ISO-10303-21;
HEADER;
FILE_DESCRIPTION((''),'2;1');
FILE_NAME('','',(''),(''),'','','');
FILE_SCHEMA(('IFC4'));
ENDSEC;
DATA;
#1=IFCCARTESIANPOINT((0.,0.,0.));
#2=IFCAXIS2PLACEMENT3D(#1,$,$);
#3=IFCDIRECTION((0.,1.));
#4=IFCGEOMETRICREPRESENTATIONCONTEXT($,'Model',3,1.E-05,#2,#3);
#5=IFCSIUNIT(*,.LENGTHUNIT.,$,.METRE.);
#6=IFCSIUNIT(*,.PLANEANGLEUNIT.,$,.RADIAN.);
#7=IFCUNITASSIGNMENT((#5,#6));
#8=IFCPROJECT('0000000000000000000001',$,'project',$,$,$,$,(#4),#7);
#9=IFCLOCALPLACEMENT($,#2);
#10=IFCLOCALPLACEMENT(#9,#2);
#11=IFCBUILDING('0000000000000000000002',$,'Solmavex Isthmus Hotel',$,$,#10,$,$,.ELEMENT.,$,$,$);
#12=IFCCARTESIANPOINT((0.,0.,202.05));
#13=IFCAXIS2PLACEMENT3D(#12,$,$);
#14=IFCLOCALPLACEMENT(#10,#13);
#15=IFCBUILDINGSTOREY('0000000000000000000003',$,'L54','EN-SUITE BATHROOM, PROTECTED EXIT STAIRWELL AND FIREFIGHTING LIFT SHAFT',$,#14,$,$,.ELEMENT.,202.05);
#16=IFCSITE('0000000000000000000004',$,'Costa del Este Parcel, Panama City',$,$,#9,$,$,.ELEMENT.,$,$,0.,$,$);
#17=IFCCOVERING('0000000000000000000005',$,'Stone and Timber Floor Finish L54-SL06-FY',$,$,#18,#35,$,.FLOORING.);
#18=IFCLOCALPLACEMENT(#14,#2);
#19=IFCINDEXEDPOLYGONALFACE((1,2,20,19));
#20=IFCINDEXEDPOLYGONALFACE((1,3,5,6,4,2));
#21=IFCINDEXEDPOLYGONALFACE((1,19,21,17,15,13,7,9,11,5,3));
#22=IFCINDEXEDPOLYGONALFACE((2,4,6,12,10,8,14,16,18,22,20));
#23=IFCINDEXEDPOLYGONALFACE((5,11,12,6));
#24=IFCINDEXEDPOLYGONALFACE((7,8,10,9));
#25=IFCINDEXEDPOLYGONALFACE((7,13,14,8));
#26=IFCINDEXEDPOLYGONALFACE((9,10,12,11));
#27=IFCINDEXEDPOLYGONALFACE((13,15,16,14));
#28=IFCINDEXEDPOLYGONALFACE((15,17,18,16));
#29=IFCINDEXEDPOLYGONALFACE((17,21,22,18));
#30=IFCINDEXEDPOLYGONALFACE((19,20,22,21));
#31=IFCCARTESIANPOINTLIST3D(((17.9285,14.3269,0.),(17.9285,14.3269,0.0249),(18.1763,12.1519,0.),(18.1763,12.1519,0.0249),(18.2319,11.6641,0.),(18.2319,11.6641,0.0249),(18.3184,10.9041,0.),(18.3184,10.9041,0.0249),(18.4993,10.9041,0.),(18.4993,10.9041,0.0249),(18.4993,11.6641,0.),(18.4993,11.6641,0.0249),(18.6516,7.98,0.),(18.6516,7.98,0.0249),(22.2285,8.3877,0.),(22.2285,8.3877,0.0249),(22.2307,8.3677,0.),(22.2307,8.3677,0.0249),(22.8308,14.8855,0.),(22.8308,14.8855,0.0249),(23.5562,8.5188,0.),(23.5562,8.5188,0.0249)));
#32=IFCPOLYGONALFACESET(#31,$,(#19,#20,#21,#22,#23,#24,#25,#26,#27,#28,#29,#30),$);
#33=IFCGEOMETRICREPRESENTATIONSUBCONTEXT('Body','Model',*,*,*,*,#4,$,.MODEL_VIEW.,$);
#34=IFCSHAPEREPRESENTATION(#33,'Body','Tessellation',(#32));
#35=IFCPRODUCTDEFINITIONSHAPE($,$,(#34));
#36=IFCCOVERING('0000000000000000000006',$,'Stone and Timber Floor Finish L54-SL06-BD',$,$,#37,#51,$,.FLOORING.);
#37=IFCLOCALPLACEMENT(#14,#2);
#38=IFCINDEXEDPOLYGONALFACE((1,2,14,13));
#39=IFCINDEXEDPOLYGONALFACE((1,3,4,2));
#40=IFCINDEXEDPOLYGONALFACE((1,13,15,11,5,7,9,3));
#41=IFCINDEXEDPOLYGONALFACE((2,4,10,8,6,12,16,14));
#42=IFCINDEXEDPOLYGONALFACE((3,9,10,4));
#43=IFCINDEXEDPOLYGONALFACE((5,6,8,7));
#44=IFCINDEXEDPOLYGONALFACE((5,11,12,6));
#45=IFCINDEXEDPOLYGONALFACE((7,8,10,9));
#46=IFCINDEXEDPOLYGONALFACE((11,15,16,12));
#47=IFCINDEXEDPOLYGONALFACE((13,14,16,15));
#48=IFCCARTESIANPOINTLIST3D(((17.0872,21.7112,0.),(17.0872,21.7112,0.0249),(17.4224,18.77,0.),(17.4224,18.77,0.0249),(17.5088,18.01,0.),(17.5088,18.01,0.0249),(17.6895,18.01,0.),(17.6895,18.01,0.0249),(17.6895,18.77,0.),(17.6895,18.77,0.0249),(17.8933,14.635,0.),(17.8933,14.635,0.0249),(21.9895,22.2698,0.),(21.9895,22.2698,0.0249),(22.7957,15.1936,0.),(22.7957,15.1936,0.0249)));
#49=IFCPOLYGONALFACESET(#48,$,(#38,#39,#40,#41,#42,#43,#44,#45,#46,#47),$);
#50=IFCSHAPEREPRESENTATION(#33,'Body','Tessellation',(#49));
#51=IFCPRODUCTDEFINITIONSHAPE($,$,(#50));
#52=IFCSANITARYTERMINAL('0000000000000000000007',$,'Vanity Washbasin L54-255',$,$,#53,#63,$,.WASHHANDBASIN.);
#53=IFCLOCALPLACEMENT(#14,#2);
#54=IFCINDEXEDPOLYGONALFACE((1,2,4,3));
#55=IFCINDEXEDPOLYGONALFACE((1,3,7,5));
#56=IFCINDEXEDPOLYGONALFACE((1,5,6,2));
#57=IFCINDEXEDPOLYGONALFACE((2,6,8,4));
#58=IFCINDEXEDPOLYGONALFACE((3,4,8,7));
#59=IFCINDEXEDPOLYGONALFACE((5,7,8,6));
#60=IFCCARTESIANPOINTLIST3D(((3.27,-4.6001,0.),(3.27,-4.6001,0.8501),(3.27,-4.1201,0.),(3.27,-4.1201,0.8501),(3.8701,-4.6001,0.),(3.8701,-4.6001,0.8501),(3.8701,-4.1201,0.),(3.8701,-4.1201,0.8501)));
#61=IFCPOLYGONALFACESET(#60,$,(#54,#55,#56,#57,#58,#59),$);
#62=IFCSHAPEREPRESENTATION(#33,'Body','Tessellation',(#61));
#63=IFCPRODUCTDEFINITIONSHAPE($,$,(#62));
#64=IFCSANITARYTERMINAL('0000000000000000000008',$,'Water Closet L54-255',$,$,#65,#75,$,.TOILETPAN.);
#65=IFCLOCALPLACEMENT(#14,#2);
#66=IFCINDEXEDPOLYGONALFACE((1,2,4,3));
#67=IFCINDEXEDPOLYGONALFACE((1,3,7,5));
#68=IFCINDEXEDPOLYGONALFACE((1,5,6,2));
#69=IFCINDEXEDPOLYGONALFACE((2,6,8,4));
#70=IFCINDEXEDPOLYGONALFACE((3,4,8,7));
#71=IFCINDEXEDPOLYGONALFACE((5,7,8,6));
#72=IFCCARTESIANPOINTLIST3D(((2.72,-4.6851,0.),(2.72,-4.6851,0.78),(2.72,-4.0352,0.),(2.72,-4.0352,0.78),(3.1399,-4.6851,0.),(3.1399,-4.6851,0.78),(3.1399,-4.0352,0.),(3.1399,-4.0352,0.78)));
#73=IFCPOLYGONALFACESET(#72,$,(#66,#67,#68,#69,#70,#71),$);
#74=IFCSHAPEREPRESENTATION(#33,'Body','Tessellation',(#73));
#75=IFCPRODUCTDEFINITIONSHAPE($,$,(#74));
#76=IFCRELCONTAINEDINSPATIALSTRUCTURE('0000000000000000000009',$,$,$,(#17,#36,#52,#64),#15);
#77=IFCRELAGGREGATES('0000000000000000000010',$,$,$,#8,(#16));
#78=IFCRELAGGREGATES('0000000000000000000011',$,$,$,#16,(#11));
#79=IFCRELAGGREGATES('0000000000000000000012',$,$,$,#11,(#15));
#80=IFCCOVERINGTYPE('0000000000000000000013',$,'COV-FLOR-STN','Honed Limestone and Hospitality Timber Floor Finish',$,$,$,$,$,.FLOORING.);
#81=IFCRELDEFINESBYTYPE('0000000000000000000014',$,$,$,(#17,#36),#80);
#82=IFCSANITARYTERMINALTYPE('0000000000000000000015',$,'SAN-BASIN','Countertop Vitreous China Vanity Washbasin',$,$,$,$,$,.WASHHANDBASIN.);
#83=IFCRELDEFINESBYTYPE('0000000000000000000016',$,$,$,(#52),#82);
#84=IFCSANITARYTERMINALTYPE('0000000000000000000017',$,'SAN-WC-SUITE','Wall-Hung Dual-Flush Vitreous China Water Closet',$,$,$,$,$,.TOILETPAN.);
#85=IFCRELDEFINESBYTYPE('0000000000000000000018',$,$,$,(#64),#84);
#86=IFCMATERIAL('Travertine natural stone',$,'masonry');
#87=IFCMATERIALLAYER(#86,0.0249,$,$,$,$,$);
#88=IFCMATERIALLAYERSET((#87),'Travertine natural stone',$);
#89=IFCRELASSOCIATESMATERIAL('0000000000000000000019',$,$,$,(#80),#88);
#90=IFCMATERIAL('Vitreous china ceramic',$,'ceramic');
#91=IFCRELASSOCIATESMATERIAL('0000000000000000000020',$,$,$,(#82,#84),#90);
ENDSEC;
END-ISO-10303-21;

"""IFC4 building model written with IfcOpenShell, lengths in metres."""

from ifc_helpers import new_model, si_unit, direction, frame, origin, origin_2d, place, context, subcontext, project, spatial, polyline, rectangle, outline, extrude, material, layer, layer_set, type_object, element, save


model = new_model("IFC4")

# Units and contexts
model_context = context("Model", 3, precision=1e-05, world=origin(), true_north=direction((0.0, 1.0)))
body_context = subcontext(model_context, "Body", "Model", "MODEL_VIEW")
ifc_project = project(units=[si_unit("LENGTHUNIT", "METRE"), si_unit("PLANEANGLEUNIT", "RADIAN")], contexts=[model_context])

# Site, building, storey
site_placement = place(None, origin())
site = spatial("IfcSite", under=ifc_project, at=site_placement, Name="Costa del Este Parcel, Panama City", CompositionType="ELEMENT", RefElevation=0.0)
building_placement = place(site_placement, origin())
building = spatial("IfcBuilding", under=site, at=building_placement, Name="Solmavex Isthmus Hotel", CompositionType="ELEMENT")
storey_placement = place(building_placement, frame((0.0, 0.0, 202.05)))
storey = spatial("IfcBuildingStorey", under=building, at=storey_placement, Name="L54", Description="EN-SUITE BATHROOM, PROTECTED EXIT STAIRWELL AND FIREFIGHTING LIFT SHAFT", CompositionType="ELEMENT", Elevation=202.05)

# Coverings
ifc_material_1 = material(Name="Travertine natural stone", Category="masonry")
ifc_layer_1 = layer(ifc_material_1, 0.0249)
ifc_layer_set_1 = layer_set([ifc_layer_1], Name="Travertine natural stone")
covering_type_1 = type_object("IfcCoveringType", Name="COV-FLOR-STN", Description="Honed Limestone and Hospitality Timber Floor Finish", PredefinedType="FLOORING", material=ifc_layer_set_1)
covering_1_placement = place(storey_placement, origin())
element("IfcCovering", 1, at=covering_1_placement, inside=storey, type_object=covering_type_1, Name="Stone and Timber Floor Finish L54-SL06-FY", PredefinedType="FLOORING", context=body_context, shape_type="SweptSolid", body=[
    extrude(outline(polyline([(18.2319, 11.6641), (18.4993, 11.6641), (18.4993, 10.9041), (18.3184, 10.9041), (18.6516, 7.98), (22.2285, 8.3877), (22.2307, 8.3677), (23.5562, 8.5188), (22.8308, 14.8855), (17.9285, 14.3269), (18.1763, 12.1519), (18.2319, 11.6641)])), origin(), (0.0, 0.0, 1.0), 0.0249),
])
covering_2_placement = place(storey_placement, origin())
element("IfcCovering", 2, at=covering_2_placement, inside=storey, type_object=covering_type_1, Name="Stone and Timber Floor Finish L54-SL06-BD", PredefinedType="FLOORING", context=body_context, shape_type="SweptSolid", body=[
    extrude(outline(polyline([(17.4224, 18.77), (17.6895, 18.77), (17.6895, 18.01), (17.5088, 18.01), (17.8933, 14.635), (22.7957, 15.1936), (21.9895, 22.2698), (17.0872, 21.7112), (17.4224, 18.77)])), origin(), (0.0, 0.0, 1.0), 0.0249),
])

# Sanitary terminals
ifc_material_2 = material(Name="Vitreous china ceramic", Category="ceramic")
sanitary_terminal_type_1 = type_object("IfcSanitaryTerminalType", Name="SAN-BASIN", Description="Countertop Vitreous China Vanity Washbasin", PredefinedType="WASHHANDBASIN", material=ifc_material_2)
sanitary_terminal_1_placement = place(storey_placement, frame((3.5701, -4.3601, 0.0), z_axis=(0.0, 0.0, 1.0), x_axis=(1.0, 0.0, 0.0)))
element("IfcSanitaryTerminal", 3, at=sanitary_terminal_1_placement, inside=storey, type_object=sanitary_terminal_type_1, Name="Vanity Washbasin L54-255", PredefinedType="WASHHANDBASIN", context=body_context, shape_type="SweptSolid", body=[
    extrude(rectangle(XDim=0.6001, YDim=0.48, at=origin_2d()), origin(), (0.0, 0.0, 1.0), 0.8501),
])
sanitary_terminal_type_2 = type_object("IfcSanitaryTerminalType", Name="SAN-WC-SUITE", Description="Wall-Hung Dual-Flush Vitreous China Water Closet", PredefinedType="TOILETPAN", material=ifc_material_2)
sanitary_terminal_2_placement = place(storey_placement, frame((2.9299, -4.3601, 0.0), z_axis=(0.0, 0.0, 1.0), x_axis=(1.0, 0.0, 0.0)))
element("IfcSanitaryTerminal", 4, at=sanitary_terminal_2_placement, inside=storey, type_object=sanitary_terminal_type_2, Name="Water Closet L54-255", PredefinedType="TOILETPAN", context=body_context, shape_type="SweptSolid", body=[
    extrude(rectangle(XDim=0.4199, YDim=0.6499, at=origin_2d()), origin(), (0.0, 0.0, 1.0), 0.78),
])

save(model, "model.ifc")
